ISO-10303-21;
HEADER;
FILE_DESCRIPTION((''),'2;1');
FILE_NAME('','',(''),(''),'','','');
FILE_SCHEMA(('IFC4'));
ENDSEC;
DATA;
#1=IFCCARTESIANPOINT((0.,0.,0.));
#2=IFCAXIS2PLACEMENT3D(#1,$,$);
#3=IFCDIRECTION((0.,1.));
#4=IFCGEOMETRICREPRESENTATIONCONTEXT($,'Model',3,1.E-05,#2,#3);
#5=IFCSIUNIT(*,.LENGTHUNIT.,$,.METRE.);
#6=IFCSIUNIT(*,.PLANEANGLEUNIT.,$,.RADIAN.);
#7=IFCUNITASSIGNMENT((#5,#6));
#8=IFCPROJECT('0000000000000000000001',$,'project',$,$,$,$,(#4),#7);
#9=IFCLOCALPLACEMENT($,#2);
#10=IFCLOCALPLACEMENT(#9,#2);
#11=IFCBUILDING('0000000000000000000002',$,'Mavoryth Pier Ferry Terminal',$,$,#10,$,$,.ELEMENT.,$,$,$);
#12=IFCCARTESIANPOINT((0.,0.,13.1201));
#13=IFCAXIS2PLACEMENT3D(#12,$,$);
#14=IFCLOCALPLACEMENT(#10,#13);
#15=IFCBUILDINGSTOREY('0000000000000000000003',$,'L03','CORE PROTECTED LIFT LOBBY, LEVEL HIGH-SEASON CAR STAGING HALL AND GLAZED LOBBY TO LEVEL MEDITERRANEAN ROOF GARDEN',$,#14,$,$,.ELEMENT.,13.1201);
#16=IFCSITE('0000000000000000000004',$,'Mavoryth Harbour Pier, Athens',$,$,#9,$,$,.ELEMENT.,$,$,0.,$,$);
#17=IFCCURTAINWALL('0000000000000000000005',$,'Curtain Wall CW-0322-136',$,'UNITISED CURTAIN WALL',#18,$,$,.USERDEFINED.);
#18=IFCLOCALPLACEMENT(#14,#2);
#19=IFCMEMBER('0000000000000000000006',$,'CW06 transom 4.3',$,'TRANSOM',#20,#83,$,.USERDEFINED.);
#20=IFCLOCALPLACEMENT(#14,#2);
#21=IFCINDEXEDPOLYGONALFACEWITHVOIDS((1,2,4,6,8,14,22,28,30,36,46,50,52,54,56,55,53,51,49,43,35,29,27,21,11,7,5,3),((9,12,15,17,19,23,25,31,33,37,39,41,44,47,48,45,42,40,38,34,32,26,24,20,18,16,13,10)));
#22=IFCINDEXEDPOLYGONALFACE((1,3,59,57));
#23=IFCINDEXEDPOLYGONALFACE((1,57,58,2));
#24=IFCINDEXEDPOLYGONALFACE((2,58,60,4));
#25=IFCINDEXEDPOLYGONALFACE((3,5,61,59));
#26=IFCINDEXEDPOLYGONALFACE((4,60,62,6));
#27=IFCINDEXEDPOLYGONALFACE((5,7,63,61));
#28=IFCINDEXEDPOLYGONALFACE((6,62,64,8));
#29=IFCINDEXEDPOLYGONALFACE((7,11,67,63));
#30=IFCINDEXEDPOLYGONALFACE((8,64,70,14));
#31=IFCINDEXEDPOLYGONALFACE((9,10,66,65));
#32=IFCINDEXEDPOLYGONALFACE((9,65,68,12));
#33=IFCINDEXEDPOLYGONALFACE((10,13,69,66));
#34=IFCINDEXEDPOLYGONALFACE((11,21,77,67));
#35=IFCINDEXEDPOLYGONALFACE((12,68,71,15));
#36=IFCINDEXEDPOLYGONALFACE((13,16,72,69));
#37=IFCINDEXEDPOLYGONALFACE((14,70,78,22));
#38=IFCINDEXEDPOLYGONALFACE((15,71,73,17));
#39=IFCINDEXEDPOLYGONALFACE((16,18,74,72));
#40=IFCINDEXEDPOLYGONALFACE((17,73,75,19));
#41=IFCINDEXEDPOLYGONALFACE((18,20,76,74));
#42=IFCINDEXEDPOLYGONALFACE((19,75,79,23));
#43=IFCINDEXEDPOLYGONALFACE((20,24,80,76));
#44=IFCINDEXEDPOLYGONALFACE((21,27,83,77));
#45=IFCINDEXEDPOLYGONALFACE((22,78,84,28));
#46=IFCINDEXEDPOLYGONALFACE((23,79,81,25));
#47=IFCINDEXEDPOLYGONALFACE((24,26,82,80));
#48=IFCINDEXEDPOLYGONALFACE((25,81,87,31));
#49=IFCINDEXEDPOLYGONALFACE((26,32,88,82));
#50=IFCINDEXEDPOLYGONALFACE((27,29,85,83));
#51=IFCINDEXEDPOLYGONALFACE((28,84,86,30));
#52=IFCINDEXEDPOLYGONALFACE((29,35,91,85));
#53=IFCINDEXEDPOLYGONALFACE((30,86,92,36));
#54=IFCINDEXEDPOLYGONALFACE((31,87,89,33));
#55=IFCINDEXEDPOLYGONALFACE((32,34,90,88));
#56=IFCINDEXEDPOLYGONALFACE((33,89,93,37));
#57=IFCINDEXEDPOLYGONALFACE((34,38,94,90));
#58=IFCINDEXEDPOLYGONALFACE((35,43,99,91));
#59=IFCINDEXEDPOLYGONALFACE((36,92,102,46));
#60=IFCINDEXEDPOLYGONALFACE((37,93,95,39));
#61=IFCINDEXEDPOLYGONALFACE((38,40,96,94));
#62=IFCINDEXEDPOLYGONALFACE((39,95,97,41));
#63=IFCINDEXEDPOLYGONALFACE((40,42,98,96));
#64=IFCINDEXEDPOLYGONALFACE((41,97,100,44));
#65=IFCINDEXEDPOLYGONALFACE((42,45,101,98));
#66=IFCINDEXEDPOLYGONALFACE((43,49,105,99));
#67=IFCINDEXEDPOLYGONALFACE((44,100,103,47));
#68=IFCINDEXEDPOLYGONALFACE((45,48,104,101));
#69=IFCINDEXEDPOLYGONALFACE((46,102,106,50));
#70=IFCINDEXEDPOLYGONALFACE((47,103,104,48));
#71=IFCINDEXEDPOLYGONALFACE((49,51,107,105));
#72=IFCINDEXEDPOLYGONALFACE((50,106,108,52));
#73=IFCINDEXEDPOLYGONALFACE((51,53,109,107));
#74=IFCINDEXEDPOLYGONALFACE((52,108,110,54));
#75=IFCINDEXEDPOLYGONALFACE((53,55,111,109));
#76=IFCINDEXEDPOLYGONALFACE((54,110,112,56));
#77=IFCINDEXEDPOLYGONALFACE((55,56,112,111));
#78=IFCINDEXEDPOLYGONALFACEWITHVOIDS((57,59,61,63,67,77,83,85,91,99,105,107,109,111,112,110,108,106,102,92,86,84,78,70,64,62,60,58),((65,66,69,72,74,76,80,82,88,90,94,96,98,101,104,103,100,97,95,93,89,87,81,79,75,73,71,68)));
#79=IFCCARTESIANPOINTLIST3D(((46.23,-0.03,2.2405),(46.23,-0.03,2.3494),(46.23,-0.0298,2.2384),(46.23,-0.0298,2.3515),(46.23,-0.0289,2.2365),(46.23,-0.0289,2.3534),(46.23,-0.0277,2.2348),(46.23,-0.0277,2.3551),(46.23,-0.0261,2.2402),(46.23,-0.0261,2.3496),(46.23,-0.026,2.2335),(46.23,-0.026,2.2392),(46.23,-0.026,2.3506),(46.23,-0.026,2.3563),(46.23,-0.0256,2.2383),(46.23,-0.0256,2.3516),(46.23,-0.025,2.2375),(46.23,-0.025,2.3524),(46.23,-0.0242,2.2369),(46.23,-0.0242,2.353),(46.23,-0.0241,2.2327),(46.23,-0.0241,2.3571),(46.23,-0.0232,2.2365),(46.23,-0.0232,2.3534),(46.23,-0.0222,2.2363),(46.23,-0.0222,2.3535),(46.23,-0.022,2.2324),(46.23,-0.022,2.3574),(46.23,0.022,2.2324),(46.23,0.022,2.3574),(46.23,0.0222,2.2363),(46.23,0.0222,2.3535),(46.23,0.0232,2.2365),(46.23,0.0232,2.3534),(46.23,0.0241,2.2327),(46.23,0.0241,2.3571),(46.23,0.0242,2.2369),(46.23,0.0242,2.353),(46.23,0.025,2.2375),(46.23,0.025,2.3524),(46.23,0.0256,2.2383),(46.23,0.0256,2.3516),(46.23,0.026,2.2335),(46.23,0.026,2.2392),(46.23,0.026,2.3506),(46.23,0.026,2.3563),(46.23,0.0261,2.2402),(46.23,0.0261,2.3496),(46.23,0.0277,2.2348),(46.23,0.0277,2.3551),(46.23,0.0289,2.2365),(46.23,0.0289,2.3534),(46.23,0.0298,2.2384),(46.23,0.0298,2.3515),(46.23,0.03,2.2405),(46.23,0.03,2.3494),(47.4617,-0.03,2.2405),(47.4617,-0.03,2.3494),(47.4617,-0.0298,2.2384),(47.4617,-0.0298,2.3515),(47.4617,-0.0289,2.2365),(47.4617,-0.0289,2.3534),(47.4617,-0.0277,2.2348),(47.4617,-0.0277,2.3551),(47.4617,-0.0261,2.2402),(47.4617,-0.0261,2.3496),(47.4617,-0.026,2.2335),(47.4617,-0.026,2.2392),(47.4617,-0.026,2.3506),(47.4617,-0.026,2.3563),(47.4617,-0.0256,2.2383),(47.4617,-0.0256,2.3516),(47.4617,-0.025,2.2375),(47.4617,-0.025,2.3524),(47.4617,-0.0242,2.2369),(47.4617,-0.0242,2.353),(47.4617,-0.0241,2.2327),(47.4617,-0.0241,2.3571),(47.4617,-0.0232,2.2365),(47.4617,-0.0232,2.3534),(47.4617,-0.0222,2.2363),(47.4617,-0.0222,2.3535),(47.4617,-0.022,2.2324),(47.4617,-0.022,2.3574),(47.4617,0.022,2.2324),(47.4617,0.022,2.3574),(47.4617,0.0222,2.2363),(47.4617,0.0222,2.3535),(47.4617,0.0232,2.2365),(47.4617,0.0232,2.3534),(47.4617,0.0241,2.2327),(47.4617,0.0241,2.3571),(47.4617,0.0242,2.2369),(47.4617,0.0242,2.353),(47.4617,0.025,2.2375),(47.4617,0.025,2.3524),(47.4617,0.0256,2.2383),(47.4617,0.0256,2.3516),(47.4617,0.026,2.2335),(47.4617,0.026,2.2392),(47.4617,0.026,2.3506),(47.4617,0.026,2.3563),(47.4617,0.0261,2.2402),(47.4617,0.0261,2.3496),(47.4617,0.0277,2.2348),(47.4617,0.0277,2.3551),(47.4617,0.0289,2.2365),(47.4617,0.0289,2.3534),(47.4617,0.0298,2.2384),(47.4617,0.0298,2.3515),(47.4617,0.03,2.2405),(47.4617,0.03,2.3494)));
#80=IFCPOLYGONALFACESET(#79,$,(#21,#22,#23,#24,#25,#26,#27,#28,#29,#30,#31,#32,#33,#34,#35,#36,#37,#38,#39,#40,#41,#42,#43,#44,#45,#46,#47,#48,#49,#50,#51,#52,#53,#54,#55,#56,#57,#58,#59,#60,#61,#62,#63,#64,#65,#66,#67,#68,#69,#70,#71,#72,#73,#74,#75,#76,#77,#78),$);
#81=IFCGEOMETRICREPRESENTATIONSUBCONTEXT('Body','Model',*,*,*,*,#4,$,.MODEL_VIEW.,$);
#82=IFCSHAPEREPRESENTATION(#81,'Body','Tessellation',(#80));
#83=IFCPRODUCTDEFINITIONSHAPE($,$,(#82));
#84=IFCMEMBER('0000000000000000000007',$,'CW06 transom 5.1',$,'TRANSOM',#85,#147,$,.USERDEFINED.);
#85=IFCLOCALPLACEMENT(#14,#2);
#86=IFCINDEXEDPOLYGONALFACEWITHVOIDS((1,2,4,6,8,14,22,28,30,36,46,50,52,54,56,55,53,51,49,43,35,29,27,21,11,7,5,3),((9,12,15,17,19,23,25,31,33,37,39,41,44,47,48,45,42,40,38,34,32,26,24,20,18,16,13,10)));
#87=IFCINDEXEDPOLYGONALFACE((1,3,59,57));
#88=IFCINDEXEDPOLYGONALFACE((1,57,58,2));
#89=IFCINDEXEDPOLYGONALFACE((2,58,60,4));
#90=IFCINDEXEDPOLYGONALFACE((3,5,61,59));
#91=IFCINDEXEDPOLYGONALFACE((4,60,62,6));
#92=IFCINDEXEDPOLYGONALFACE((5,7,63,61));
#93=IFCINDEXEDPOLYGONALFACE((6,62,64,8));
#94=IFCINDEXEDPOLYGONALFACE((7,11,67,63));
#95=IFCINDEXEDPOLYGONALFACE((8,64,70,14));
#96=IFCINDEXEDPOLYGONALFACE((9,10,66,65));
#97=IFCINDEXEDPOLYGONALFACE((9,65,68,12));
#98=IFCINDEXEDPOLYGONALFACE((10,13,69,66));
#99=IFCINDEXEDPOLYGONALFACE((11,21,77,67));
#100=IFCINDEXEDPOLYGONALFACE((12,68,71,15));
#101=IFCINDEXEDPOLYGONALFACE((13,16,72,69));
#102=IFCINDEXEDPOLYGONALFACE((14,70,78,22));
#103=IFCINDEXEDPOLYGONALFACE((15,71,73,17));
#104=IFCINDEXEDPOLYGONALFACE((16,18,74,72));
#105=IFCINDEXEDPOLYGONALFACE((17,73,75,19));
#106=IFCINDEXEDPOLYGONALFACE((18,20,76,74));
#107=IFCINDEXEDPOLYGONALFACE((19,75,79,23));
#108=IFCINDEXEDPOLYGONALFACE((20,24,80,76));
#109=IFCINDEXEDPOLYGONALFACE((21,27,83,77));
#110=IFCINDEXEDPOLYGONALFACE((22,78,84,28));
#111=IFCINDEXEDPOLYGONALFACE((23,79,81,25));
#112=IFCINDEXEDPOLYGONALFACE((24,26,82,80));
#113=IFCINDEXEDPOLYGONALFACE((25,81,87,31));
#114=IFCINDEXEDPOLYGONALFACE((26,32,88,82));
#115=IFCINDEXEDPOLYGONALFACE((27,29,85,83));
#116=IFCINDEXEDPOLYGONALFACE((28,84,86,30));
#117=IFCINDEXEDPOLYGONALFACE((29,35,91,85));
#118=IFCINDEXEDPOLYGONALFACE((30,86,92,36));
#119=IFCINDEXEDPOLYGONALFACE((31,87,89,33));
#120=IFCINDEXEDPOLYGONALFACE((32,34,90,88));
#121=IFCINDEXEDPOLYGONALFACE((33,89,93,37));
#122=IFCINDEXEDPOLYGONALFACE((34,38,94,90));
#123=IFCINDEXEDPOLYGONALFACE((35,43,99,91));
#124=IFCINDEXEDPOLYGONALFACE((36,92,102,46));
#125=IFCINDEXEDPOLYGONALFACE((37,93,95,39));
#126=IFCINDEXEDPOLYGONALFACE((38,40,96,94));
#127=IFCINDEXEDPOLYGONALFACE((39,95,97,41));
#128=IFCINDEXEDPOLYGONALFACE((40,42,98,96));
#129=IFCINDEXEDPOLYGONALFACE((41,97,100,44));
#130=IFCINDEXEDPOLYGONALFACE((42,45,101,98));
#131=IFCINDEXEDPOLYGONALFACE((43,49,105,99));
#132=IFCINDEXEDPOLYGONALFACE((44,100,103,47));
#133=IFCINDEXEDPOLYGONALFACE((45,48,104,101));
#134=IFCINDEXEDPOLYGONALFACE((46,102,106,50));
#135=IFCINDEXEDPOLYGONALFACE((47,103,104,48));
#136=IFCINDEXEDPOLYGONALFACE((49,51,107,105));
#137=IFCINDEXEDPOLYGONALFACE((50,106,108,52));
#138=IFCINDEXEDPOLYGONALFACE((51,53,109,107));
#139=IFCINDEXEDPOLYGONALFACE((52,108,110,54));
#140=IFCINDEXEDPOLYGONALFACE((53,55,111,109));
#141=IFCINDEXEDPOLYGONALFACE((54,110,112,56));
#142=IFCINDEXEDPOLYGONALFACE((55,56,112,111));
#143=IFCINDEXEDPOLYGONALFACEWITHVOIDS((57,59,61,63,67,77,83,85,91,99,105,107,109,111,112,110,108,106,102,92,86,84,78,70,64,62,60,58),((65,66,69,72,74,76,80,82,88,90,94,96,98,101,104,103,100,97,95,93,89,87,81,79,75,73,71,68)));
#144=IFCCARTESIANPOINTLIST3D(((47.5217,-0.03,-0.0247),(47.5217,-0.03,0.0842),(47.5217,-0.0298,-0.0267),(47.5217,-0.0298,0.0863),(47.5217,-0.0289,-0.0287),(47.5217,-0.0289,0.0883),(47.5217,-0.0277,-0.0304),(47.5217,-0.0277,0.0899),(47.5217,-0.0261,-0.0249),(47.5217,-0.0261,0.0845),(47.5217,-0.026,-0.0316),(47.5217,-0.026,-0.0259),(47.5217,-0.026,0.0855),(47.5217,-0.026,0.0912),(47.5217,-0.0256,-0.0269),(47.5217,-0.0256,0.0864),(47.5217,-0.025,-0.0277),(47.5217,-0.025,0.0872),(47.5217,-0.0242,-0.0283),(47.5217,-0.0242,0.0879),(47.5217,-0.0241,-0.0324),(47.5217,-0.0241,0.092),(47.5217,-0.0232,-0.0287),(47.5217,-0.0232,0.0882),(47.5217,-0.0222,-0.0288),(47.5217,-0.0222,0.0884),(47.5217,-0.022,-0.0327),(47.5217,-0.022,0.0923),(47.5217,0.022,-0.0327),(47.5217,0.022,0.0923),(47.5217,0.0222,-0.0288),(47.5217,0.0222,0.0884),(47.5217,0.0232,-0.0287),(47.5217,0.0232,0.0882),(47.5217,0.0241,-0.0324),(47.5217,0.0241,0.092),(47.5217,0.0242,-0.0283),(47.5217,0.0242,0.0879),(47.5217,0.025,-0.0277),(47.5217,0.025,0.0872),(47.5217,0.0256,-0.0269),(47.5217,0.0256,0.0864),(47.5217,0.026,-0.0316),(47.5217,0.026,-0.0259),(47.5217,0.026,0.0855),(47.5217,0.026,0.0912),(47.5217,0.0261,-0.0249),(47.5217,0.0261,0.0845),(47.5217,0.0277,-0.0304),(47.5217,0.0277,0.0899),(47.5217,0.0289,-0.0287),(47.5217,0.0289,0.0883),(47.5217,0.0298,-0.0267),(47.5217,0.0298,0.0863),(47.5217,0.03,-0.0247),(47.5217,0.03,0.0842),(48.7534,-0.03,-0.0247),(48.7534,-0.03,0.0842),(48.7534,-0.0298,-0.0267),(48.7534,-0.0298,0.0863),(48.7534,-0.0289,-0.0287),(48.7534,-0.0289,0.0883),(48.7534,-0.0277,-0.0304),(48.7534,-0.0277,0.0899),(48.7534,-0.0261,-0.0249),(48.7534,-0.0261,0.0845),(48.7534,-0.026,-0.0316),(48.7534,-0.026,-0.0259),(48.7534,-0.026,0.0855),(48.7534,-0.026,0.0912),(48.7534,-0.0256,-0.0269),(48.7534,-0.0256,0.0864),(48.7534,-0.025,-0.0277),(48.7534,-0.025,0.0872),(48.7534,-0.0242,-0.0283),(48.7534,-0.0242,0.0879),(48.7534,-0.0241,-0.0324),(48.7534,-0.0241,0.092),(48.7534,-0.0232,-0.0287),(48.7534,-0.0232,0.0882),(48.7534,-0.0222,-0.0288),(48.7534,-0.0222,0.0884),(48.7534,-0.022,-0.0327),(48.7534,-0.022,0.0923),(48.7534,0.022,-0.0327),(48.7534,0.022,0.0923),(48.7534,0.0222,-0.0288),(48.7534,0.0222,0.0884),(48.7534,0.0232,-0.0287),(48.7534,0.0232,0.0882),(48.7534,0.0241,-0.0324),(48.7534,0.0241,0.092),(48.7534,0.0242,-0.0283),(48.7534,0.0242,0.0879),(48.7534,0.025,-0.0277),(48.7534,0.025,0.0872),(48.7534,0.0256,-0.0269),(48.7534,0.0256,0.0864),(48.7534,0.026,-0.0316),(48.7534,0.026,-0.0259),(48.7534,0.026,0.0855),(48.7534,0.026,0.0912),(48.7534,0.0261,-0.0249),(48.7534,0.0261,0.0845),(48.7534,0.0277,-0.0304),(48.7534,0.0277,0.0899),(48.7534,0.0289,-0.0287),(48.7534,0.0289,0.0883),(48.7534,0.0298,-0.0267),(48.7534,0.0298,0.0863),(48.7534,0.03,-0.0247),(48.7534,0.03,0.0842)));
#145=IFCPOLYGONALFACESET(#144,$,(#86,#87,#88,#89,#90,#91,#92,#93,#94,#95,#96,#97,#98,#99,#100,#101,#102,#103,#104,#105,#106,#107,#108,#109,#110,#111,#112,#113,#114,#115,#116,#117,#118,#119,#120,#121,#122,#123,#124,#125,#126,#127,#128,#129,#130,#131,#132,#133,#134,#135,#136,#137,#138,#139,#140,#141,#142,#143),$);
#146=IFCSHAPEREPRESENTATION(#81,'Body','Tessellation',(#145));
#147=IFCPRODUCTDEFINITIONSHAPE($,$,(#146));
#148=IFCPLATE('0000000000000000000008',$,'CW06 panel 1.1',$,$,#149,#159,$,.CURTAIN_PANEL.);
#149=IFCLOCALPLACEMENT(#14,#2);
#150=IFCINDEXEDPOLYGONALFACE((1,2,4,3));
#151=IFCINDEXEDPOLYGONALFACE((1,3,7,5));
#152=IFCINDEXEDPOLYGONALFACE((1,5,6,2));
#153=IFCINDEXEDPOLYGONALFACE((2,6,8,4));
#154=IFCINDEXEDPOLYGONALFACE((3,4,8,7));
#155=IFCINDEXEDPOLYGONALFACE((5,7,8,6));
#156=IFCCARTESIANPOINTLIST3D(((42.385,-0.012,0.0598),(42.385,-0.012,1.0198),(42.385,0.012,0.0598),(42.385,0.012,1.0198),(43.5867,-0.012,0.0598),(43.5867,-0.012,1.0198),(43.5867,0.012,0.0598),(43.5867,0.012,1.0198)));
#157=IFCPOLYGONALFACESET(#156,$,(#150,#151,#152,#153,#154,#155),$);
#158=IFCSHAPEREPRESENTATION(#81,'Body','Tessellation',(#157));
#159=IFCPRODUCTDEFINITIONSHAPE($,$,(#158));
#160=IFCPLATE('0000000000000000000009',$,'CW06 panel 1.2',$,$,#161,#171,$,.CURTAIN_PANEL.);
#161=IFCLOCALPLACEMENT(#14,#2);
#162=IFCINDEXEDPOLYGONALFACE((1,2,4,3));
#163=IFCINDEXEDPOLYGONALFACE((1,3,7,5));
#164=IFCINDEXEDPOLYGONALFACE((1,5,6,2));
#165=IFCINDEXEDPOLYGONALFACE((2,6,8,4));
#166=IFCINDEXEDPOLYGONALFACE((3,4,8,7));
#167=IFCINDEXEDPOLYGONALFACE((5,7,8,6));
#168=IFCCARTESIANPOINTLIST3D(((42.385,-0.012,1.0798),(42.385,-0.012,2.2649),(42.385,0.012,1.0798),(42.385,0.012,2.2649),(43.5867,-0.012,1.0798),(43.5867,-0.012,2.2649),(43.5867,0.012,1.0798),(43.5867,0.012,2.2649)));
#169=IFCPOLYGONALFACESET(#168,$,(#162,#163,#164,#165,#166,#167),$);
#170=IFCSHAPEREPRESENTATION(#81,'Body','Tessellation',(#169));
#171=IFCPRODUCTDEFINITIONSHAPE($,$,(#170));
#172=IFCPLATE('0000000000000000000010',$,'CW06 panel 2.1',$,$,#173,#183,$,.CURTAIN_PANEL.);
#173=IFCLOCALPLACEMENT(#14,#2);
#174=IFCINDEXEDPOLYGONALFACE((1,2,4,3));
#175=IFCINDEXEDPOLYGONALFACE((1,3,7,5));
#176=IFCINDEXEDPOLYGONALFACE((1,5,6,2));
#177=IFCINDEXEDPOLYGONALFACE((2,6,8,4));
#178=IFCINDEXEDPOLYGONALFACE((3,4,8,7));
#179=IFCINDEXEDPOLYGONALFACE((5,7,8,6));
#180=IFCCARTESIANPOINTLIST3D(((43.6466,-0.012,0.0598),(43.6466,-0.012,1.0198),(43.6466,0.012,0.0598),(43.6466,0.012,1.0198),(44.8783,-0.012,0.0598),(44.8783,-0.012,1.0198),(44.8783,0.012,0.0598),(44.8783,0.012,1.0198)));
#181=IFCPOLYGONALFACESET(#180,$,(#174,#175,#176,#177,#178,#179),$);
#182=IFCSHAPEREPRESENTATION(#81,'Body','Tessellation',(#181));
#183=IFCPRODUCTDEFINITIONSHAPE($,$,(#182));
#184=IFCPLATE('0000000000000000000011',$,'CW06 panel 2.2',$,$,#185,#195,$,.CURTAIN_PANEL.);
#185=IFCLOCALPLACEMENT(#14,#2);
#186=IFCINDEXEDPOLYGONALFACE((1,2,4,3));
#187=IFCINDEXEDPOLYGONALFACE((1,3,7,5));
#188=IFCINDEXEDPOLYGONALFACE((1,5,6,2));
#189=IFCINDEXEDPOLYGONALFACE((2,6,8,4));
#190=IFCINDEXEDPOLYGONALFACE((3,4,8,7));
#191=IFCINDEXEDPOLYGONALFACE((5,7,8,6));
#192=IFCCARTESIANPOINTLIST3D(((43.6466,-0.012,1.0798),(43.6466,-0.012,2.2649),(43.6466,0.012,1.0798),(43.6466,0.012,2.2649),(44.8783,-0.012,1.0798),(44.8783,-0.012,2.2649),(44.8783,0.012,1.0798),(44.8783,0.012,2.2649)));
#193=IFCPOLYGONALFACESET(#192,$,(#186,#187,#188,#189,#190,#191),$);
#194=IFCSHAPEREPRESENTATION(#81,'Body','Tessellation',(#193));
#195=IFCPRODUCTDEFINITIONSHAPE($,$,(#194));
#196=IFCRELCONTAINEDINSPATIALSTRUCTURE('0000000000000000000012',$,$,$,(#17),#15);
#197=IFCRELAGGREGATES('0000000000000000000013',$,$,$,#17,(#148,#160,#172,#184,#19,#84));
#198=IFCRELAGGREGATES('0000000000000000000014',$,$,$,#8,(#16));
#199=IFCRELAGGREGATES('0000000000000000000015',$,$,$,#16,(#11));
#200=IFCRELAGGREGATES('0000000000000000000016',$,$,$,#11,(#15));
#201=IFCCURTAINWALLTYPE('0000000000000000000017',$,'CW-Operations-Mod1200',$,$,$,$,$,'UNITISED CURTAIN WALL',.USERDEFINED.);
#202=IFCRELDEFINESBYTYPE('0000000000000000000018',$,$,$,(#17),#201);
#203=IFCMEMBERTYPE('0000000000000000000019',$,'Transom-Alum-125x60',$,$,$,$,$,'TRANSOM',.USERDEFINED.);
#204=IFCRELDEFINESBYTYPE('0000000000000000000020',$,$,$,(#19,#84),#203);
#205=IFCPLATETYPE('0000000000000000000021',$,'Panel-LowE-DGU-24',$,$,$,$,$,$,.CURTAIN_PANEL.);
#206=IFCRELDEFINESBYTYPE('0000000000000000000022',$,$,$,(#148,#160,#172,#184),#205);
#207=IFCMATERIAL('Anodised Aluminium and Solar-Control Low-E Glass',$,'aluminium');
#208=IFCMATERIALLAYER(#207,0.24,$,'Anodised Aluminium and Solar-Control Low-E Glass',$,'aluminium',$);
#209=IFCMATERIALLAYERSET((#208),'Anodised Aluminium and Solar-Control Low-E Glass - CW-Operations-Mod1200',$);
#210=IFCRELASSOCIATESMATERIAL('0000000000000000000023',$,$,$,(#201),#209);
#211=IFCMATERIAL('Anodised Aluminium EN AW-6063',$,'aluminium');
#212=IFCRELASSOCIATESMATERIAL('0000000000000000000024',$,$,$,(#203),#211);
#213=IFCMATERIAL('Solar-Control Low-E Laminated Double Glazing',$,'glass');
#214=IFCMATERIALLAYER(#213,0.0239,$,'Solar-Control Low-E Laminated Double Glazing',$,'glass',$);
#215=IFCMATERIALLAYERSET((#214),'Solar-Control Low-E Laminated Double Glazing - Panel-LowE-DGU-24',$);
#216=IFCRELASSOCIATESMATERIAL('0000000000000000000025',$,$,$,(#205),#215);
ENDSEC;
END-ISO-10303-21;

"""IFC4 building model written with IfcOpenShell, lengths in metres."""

from ifc_helpers import new_model, si_unit, direction, frame, origin, origin_2d, place, context, subcontext, project, spatial, rectangle, hollow_rectangle, extrude, material, layer, layer_set, material_profile, profile_set, type_object, element, aggregate, save


model = new_model("IFC4")

# Units and contexts
model_context = context("Model", 3, precision=1e-05, world=origin(), true_north=direction((0.0, 1.0)))
body_context = subcontext(model_context, "Body", "Model", "MODEL_VIEW")
ifc_project = project(units=[si_unit("LENGTHUNIT", "METRE"), si_unit("PLANEANGLEUNIT", "RADIAN")], contexts=[model_context])

# Site, building, storey
site_placement = place(None, origin())
site = spatial("IfcSite", under=ifc_project, at=site_placement, Name="Mavoryth Harbour Pier, Athens", CompositionType="ELEMENT", RefElevation=0.0)
building_placement = place(site_placement, origin())
building = spatial("IfcBuilding", under=site, at=building_placement, Name="Mavoryth Pier Ferry Terminal", CompositionType="ELEMENT")
storey_placement = place(building_placement, frame((0.0, 0.0, 13.1201)))
storey = spatial("IfcBuildingStorey", under=building, at=storey_placement, Name="L03", Description="CORE PROTECTED LIFT LOBBY, LEVEL HIGH-SEASON CAR STAGING HALL AND GLAZED LOBBY TO LEVEL MEDITERRANEAN ROOF GARDEN", CompositionType="ELEMENT", Elevation=13.1201)

# Curtain wall
ifc_material_1 = material(Name="Anodised Aluminium and Solar-Control Low-E Glass", Category="aluminium")
ifc_layer_1 = layer(ifc_material_1, 0.24, Name="Anodised Aluminium and Solar-Control Low-E Glass", Category="aluminium")
ifc_layer_set_1 = layer_set([ifc_layer_1], Name="Anodised Aluminium and Solar-Control Low-E Glass - CW-Operations-Mod1200")
curtain_wall_type = type_object("IfcCurtainWallType", Name="CW-Operations-Mod1200", ElementType="UNITISED CURTAIN WALL", PredefinedType="USERDEFINED", material=ifc_layer_set_1)
curtain_wall_placement = place(storey_placement, origin())
curtain_wall = element("IfcCurtainWall", 1, at=curtain_wall_placement, inside=storey, type_object=curtain_wall_type, Name="Curtain Wall CW-0322-136", ObjectType="UNITISED CURTAIN WALL", PredefinedType="USERDEFINED")
ifc_material_2 = material(Name="Anodised Aluminium EN AW-6063", Category="aluminium")

# Members
ifc_material_profile_1 = material_profile(ifc_material_2, hollow_rectangle(XDim=0.0601, YDim=0.125, WallThickness=0.0039, InnerFilletRadius=0.0039, OuterFilletRadius=0.0081, at=origin_2d()), Name="AL-TRAN 125x60x4", Category="aluminium")
ifc_profile_set_1 = profile_set([ifc_material_profile_1], Name="Anodised Aluminium EN AW-6063 - AL-TRAN 125x60x4")
member_type_1 = type_object("IfcMemberType", Name="Transom-Alum-125x60", ElementType="TRANSOM", PredefinedType="USERDEFINED", material=ifc_profile_set_1)
member_1_placement = place(storey_placement, frame((46.23, 0.0, 2.2949), z_axis=(1.0, 0.0, 0.0), x_axis=(0.0, 1.0, 0.0)))
member_1 = element("IfcMember", 2, at=member_1_placement, type_object=member_type_1, Name="CW06 transom 4.3", ObjectType="TRANSOM", PredefinedType="USERDEFINED", context=body_context, shape_type="SweptSolid", body=[
    extrude(hollow_rectangle(XDim=0.0601, YDim=0.125, WallThickness=0.0039, InnerFilletRadius=0.0039, OuterFilletRadius=0.0081, at=origin_2d()), origin(), (0.0, 0.0, 1.0), 1.2317),
])
member_2_placement = place(storey_placement, frame((47.5217, 0.0, 0.0298), z_axis=(1.0, 0.0, 0.0), x_axis=(0.0, 1.0, 0.0)))
member_2 = element("IfcMember", 3, at=member_2_placement, type_object=member_type_1, Name="CW06 transom 5.1", ObjectType="TRANSOM", PredefinedType="USERDEFINED", context=body_context, shape_type="SweptSolid", body=[
    extrude(hollow_rectangle(XDim=0.0601, YDim=0.125, WallThickness=0.0039, InnerFilletRadius=0.0039, OuterFilletRadius=0.0081, at=origin_2d()), origin(), (0.0, 0.0, 1.0), 1.2317),
])

# Plates
ifc_material_3 = material(Name="Solar-Control Low-E Laminated Double Glazing", Category="glass")
ifc_layer_2 = layer(ifc_material_3, 0.0239, Name="Solar-Control Low-E Laminated Double Glazing", Category="glass")
ifc_layer_set_2 = layer_set([ifc_layer_2], Name="Solar-Control Low-E Laminated Double Glazing - Panel-LowE-DGU-24")
plate_type = type_object("IfcPlateType", Name="Panel-LowE-DGU-24", PredefinedType="CURTAIN_PANEL", material=ifc_layer_set_2)
plate_1_placement = place(storey_placement, frame((42.9858, 0.0, 0.0598), z_axis=(0.0, 0.0, 1.0), x_axis=(1.0, 0.0, 0.0)))
plate_1 = element("IfcPlate", 4, at=plate_1_placement, type_object=plate_type, Name="CW06 panel 1.1", PredefinedType="CURTAIN_PANEL", context=body_context, shape_type="SweptSolid", body=[
    extrude(rectangle(XDim=1.2017, YDim=0.0239, at=origin_2d()), origin(), (0.0, 0.0, 1.0), 0.96),
])
plate_2_placement = place(storey_placement, frame((42.9858, 0.0, 1.0798), z_axis=(0.0, 0.0, 1.0), x_axis=(1.0, 0.0, 0.0)))
plate_2 = element("IfcPlate", 5, at=plate_2_placement, type_object=plate_type, Name="CW06 panel 1.2", PredefinedType="CURTAIN_PANEL", context=body_context, shape_type="SweptSolid", body=[
    extrude(rectangle(XDim=1.2017, YDim=0.0239, at=origin_2d()), origin(), (0.0, 0.0, 1.0), 1.1851),
])
plate_3_placement = place(storey_placement, frame((44.2625, 0.0, 0.0598), z_axis=(0.0, 0.0, 1.0), x_axis=(1.0, 0.0, 0.0)))
plate_3 = element("IfcPlate", 6, at=plate_3_placement, type_object=plate_type, Name="CW06 panel 2.1", PredefinedType="CURTAIN_PANEL", context=body_context, shape_type="SweptSolid", body=[
    extrude(rectangle(XDim=1.2317, YDim=0.0239, at=origin_2d()), origin(), (0.0, 0.0, 1.0), 0.96),
])
plate_4_placement = place(storey_placement, frame((44.2625, 0.0, 1.0798), z_axis=(0.0, 0.0, 1.0), x_axis=(1.0, 0.0, 0.0)))
plate_4 = element("IfcPlate", 7, at=plate_4_placement, type_object=plate_type, Name="CW06 panel 2.2", PredefinedType="CURTAIN_PANEL", context=body_context, shape_type="SweptSolid", body=[
    extrude(rectangle(XDim=1.2317, YDim=0.0239, at=origin_2d()), origin(), (0.0, 0.0, 1.0), 1.1851),
])
aggregate(curtain_wall, [plate_1, plate_2, plate_3, plate_4, member_1, member_2])

save(model, "model.ifc")
